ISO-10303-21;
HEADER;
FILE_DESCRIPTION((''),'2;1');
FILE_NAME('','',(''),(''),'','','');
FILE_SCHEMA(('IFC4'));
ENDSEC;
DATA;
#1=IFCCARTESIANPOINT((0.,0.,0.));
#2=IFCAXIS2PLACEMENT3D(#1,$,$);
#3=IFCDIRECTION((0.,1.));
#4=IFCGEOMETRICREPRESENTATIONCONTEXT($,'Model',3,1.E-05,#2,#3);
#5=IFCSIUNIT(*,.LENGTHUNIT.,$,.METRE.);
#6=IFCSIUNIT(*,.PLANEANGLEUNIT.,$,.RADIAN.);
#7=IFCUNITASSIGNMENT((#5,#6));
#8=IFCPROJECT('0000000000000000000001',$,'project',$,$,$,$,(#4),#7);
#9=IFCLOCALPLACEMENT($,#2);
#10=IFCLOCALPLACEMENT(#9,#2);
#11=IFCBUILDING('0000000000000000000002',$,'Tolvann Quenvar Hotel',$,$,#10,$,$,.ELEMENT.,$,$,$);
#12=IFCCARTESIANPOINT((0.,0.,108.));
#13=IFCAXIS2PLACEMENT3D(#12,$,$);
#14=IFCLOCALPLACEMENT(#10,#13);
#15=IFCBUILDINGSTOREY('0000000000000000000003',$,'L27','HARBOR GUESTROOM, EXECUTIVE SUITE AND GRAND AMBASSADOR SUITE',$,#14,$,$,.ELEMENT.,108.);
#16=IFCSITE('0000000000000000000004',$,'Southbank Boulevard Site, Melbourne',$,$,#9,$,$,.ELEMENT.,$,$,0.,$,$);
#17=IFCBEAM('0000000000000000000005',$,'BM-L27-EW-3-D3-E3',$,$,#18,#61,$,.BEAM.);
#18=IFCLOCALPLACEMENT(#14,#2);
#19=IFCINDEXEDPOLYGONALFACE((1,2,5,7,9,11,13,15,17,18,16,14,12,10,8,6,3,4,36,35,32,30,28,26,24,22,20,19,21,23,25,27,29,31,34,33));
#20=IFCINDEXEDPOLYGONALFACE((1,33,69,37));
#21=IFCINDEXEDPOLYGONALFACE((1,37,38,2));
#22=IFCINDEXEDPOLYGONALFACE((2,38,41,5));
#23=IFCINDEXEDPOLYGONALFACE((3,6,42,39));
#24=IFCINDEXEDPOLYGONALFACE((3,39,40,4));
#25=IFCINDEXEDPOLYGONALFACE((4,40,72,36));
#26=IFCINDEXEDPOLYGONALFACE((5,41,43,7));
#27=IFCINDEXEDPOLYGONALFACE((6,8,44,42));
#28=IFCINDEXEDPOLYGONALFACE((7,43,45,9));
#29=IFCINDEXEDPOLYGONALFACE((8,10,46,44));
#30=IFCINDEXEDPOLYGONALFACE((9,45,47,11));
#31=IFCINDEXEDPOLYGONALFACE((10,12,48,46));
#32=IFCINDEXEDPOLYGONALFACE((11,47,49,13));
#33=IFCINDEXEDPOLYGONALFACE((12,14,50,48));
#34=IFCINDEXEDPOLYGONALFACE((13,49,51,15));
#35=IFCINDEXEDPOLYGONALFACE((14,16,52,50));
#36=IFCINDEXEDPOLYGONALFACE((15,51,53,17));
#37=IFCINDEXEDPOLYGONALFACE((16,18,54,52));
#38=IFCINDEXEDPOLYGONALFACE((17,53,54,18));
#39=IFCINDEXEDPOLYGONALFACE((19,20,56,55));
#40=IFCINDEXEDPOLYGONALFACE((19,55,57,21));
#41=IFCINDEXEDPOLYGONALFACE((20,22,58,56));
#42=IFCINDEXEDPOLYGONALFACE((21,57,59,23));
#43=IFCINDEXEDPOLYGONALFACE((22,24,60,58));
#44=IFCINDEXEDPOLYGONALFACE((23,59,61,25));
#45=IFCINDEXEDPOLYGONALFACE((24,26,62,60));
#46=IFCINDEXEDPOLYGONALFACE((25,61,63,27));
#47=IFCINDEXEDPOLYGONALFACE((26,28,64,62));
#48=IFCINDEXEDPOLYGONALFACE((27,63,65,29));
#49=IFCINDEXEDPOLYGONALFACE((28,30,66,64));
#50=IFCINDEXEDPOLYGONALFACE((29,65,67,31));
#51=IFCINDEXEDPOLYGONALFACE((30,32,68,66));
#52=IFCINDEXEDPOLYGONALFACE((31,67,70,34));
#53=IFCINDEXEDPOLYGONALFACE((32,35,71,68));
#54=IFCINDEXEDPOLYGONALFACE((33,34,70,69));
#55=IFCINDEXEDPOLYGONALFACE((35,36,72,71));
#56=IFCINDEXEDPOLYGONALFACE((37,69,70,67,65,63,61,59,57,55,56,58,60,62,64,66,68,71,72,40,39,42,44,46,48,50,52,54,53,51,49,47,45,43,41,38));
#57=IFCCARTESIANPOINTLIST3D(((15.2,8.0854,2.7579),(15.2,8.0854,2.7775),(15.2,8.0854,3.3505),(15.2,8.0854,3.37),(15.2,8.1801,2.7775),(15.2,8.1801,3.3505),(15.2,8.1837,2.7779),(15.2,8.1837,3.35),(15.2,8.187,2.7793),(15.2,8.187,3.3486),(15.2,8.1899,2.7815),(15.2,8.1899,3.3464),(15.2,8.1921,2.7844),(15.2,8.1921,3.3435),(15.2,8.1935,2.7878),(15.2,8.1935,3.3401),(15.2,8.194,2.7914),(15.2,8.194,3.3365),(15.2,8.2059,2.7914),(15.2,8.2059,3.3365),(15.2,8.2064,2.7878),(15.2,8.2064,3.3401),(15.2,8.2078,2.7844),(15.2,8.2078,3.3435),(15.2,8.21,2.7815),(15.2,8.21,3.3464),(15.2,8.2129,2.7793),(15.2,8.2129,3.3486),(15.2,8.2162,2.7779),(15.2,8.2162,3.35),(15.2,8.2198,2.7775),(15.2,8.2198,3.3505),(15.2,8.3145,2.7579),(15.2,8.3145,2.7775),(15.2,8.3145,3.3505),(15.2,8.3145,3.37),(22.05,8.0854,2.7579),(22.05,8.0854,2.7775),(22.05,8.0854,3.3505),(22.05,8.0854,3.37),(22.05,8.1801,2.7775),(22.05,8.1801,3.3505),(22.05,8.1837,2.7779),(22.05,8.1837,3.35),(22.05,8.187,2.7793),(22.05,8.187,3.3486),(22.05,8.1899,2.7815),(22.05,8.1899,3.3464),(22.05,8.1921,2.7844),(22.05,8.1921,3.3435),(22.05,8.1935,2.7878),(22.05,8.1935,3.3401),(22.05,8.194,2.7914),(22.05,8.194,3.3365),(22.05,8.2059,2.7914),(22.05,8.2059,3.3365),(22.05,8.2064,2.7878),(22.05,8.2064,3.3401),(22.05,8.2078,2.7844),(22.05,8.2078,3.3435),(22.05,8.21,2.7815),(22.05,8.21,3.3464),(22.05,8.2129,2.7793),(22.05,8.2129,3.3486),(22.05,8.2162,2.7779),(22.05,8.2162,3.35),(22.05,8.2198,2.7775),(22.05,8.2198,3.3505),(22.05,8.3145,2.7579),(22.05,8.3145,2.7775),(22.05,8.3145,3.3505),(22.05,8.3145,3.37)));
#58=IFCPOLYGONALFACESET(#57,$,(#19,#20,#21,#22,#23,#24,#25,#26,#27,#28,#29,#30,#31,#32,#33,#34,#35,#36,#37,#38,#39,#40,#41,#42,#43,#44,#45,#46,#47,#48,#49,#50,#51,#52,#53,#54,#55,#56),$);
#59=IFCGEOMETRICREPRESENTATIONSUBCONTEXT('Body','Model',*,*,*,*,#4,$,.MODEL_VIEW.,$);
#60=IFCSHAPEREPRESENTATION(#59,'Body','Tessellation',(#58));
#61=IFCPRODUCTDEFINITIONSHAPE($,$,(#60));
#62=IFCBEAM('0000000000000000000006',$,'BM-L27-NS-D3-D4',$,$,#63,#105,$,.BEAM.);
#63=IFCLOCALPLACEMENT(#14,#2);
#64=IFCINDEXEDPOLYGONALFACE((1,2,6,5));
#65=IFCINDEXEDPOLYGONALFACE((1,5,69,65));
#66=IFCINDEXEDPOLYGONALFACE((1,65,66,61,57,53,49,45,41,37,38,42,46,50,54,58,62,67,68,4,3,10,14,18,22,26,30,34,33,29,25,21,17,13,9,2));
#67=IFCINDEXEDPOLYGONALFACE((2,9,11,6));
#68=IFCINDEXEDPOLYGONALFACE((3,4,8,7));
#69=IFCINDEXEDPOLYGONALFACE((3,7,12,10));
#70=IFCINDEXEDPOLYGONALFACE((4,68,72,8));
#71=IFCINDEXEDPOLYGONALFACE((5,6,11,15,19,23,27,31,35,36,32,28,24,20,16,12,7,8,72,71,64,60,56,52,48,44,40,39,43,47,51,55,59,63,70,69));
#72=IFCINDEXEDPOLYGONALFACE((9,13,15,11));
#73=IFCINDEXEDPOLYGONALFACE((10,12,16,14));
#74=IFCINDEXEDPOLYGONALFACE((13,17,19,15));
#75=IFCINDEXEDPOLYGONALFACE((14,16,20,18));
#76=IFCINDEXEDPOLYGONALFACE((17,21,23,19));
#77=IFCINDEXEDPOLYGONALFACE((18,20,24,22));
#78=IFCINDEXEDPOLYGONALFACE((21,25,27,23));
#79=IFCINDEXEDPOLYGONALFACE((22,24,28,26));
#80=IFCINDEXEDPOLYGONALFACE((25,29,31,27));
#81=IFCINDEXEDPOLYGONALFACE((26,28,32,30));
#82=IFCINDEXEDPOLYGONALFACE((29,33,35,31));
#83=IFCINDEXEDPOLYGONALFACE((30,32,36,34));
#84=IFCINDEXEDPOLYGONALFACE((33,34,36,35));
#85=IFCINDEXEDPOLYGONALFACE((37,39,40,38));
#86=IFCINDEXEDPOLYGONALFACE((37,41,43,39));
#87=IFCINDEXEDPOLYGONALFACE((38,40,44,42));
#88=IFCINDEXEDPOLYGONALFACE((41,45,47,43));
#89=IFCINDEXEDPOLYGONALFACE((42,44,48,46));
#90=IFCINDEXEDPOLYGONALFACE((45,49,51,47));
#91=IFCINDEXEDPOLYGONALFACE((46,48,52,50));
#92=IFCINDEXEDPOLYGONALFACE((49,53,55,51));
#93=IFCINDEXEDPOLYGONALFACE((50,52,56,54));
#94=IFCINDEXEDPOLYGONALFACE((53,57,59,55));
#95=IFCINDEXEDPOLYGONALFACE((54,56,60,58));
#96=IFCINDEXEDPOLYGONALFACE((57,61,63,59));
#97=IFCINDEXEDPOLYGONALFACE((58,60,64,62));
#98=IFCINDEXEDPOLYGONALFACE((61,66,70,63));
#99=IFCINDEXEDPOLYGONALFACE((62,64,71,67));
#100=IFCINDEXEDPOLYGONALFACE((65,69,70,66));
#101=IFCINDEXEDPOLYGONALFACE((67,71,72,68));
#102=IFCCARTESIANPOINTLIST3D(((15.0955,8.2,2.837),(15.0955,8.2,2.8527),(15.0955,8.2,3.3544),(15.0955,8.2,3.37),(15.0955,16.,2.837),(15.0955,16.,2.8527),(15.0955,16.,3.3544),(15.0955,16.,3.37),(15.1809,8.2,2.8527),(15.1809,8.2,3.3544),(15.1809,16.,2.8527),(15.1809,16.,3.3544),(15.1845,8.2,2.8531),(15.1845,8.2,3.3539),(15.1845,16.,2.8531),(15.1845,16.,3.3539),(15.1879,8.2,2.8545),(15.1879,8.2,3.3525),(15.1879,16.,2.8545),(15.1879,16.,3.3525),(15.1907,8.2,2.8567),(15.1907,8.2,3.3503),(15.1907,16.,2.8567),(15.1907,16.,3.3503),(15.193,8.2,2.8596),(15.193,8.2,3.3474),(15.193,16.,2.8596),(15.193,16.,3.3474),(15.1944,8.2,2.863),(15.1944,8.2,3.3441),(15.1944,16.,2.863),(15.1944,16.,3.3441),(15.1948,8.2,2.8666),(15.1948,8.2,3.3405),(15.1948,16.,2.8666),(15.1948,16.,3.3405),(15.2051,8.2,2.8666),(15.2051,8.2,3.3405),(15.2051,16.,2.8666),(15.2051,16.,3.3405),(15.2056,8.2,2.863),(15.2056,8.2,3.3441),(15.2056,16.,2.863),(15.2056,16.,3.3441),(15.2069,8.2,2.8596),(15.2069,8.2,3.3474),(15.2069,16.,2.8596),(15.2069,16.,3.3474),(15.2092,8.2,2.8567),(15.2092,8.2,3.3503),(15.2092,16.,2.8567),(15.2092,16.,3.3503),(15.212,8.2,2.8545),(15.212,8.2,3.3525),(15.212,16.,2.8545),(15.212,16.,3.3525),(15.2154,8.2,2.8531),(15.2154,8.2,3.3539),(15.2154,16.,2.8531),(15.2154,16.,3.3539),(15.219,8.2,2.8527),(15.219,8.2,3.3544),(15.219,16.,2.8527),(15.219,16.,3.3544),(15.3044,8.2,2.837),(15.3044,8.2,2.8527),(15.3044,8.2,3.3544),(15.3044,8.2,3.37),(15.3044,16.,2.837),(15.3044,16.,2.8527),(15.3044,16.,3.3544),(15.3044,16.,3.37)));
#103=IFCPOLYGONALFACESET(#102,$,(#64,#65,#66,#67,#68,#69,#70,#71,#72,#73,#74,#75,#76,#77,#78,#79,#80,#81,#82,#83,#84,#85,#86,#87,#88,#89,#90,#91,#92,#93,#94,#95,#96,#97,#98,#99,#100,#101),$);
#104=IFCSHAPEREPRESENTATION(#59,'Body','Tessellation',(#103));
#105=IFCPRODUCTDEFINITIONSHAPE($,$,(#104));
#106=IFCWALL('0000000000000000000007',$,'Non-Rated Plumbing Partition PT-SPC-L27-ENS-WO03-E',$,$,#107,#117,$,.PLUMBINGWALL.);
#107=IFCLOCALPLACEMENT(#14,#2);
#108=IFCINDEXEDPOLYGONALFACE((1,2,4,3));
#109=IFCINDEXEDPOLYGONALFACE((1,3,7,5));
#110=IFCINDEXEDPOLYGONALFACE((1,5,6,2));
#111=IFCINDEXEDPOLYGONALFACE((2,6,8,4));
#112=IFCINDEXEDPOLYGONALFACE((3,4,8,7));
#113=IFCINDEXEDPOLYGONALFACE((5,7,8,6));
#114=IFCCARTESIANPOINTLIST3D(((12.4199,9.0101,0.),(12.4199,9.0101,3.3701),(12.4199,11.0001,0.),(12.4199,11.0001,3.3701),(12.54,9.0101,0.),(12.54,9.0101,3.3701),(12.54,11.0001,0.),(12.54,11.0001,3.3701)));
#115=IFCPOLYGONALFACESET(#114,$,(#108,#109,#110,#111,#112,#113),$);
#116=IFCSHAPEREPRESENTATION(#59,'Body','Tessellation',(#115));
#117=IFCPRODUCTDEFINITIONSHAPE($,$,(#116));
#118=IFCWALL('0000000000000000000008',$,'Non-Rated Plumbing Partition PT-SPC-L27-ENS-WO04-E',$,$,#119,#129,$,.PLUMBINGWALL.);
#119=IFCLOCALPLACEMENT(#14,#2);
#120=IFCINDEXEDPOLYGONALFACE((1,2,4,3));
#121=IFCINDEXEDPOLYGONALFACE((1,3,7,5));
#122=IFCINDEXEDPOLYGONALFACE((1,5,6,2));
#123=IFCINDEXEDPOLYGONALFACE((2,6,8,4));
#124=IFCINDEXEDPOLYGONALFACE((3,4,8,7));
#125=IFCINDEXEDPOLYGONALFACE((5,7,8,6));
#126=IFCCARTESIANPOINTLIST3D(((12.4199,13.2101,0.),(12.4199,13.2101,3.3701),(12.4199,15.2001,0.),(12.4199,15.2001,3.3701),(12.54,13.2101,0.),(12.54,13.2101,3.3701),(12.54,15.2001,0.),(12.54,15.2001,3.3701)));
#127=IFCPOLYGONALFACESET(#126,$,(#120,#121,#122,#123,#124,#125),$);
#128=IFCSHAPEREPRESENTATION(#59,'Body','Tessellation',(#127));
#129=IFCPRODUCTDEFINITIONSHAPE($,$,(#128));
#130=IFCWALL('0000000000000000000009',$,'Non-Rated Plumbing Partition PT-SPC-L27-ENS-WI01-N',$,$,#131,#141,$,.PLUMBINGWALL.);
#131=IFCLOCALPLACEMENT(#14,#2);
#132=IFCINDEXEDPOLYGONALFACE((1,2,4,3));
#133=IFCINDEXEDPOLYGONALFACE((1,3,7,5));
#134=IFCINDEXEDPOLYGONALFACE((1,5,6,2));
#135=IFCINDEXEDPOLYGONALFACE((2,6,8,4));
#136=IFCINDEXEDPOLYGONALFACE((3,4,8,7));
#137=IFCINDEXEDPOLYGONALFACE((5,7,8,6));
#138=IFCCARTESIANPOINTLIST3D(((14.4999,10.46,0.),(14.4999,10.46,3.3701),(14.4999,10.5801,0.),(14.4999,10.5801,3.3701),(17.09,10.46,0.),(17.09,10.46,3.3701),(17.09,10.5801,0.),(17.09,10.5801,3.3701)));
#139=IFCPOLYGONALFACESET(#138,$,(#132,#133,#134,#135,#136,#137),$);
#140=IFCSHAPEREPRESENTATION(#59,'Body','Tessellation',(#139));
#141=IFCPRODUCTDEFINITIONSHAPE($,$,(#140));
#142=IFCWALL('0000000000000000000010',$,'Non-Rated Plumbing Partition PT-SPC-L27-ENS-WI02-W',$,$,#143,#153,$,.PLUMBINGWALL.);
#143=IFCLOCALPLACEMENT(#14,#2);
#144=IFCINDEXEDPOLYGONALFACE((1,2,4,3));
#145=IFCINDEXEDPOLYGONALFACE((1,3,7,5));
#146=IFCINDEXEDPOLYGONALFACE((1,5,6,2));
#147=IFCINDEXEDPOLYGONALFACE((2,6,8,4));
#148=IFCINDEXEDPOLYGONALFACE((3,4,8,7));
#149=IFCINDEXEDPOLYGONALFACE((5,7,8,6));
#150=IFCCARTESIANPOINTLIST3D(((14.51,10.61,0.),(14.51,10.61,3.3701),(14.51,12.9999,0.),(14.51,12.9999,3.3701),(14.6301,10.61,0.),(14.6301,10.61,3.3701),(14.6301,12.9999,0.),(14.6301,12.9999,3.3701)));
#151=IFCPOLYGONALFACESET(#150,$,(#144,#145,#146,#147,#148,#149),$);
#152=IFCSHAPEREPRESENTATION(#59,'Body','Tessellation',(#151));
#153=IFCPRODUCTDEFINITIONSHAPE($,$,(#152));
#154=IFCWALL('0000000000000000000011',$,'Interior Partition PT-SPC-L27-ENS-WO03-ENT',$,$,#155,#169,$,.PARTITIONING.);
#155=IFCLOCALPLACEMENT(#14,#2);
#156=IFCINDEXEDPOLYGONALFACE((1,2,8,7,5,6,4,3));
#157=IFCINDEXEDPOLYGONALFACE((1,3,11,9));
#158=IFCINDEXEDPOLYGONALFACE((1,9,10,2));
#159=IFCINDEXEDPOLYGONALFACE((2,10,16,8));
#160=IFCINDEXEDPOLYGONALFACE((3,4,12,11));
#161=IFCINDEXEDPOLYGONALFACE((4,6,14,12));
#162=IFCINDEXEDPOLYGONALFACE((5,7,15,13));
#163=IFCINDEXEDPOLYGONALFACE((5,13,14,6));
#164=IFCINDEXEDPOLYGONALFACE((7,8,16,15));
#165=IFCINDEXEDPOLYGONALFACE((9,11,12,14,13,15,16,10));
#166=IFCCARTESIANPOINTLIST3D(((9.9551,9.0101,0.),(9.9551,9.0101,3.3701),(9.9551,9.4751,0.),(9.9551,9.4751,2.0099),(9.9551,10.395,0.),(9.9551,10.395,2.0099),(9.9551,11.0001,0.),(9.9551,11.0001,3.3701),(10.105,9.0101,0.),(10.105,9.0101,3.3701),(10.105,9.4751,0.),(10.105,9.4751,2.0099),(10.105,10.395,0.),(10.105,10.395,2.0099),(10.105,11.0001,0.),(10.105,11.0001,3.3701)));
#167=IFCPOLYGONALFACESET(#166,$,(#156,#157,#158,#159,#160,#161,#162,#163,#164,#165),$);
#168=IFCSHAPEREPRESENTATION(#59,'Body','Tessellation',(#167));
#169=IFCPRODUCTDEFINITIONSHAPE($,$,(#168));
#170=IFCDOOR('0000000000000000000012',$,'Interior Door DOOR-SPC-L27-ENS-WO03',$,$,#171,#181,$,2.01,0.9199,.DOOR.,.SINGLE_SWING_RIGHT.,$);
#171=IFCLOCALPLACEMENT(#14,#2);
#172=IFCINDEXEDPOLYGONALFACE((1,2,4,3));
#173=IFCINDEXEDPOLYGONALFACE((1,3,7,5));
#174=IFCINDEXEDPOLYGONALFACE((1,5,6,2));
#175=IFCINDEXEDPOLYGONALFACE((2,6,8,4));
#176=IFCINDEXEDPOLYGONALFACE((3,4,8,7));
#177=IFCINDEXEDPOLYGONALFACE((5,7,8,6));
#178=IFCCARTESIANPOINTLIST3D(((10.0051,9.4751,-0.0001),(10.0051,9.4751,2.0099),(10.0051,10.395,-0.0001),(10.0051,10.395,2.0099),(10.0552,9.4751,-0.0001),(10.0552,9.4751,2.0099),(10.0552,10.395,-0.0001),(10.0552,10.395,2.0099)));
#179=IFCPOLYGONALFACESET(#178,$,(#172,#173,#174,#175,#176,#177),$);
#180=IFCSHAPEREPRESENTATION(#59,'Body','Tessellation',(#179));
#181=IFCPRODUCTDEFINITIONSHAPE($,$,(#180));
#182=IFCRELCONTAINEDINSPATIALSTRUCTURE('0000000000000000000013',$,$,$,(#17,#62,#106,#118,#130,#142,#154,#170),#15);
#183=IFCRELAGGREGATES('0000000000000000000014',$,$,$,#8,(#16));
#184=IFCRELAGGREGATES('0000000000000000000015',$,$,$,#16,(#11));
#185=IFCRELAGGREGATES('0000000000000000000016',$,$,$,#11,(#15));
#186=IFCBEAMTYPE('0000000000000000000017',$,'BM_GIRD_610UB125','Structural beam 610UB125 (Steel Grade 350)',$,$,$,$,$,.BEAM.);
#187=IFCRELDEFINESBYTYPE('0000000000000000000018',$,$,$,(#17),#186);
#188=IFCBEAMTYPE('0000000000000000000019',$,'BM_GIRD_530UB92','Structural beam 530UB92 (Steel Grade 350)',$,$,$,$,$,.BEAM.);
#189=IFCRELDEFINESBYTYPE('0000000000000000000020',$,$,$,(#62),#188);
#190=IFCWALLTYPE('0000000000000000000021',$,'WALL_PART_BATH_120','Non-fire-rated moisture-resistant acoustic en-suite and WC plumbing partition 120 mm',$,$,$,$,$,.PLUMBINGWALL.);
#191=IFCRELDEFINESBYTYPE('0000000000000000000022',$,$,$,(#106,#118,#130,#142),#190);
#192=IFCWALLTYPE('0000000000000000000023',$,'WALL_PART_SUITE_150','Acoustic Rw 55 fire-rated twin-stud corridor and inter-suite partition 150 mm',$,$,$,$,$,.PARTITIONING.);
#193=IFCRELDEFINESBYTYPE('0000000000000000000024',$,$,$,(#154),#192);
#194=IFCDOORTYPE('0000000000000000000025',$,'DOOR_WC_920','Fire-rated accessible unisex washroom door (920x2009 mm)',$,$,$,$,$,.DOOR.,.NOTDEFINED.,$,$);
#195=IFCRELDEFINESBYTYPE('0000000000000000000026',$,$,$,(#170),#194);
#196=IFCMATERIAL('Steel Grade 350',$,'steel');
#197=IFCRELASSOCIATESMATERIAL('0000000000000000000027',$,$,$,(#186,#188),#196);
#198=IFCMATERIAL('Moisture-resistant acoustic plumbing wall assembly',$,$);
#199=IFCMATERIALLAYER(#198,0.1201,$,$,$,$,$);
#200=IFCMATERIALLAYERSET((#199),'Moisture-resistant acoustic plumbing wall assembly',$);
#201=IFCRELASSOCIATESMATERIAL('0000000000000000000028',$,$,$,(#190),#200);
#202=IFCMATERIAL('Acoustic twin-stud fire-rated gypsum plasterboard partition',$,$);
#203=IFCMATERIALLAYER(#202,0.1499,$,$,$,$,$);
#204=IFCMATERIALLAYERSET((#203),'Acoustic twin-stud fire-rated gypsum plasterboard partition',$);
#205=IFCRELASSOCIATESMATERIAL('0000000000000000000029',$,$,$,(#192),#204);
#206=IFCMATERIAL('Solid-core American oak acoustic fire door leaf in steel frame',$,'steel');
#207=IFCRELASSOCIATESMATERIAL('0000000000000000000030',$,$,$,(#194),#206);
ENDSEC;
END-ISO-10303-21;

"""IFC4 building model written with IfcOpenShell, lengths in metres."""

from ifc_helpers import new_model, si_unit, direction, frame, frame_2d, origin, origin_2d, place, context, subcontext, project, spatial, rectangle, i_section, extrude, source, transform, mapped, material, layer, layer_set, material_profile, profile_set, type_object, type_shapes, element, fill, save


model = new_model("IFC4")

# Units and contexts
model_context = context("Model", 3, precision=1e-05, world=origin(), true_north=direction((0.0, 1.0)))
body_context = subcontext(model_context, "Body", "Model", "MODEL_VIEW")
ifc_project = project(units=[si_unit("LENGTHUNIT", "METRE"), si_unit("PLANEANGLEUNIT", "RADIAN")], contexts=[model_context])

# Site, building, storey
site_placement = place(None, origin())
site = spatial("IfcSite", under=ifc_project, at=site_placement, Name="Southbank Boulevard Site, Melbourne", CompositionType="ELEMENT", RefElevation=0.0)
building_placement = place(site_placement, origin())
building = spatial("IfcBuilding", under=site, at=building_placement, Name="Tolvann Quenvar Hotel", CompositionType="ELEMENT")
storey_placement = place(building_placement, frame((0.0, 0.0, 108.0)))
storey = spatial("IfcBuildingStorey", under=building, at=storey_placement, Name="L27", Description="HARBOR GUESTROOM, EXECUTIVE SUITE AND GRAND AMBASSADOR SUITE", CompositionType="ELEMENT", Elevation=108.0)

# Beams
ifc_material_1 = material(Name="Steel Grade 350", Category="steel")
ifc_material_profile_1 = material_profile(ifc_material_1, i_section(OverallWidth=0.229, OverallDepth=0.6121, WebThickness=0.012, FlangeThickness=0.0195, FilletRadius=0.0139, at=origin_2d()), Name="610UB125")
ifc_profile_set_1 = profile_set([ifc_material_profile_1], Name="Steel Grade 350")
beam_type_1 = type_object("IfcBeamType", Name="BM_GIRD_610UB125", Description="Structural beam 610UB125 (Steel Grade 350)", PredefinedType="BEAM", material=ifc_profile_set_1)
shared_shape_1 = source(origin(), body_context, "Body", "SweptSolid", [
    extrude(i_section(OverallWidth=0.229, OverallDepth=0.6121, WebThickness=0.012, FlangeThickness=0.0195, FilletRadius=0.0139, at=origin_2d()), origin(), (0.0, 0.0, 1.0), 6.8501),
])
type_shapes(beam_type_1, [shared_shape_1])
beam_1_placement = place(storey_placement, frame((15.2, 8.2, 3.064), z_axis=(1.0, 0.0, 0.0), x_axis=(0.0, 1.0, 0.0)))
element("IfcBeam", 1, at=beam_1_placement, inside=storey, type_object=beam_type_1, Name="BM-L27-EW-3-D3-E3", PredefinedType="BEAM", context=body_context, shape_type="MappedRepresentation", body=[
    mapped(shared_shape_1, transform((0.0, 0.0, 0.0), x_axis=(1.0, 0.0, 0.0), y_axis=(0.0, 1.0, 0.0), z_axis=(0.0, 0.0, 1.0), scale=1.0)),
])
ifc_material_profile_2 = material_profile(ifc_material_1, i_section(OverallWidth=0.209, OverallDepth=0.533, WebThickness=0.0103, FlangeThickness=0.0156, FilletRadius=0.0139, at=origin_2d()), Name="530UB92")
ifc_profile_set_2 = profile_set([ifc_material_profile_2], Name="Steel Grade 350")
beam_type_2 = type_object("IfcBeamType", Name="BM_GIRD_530UB92", Description="Structural beam 530UB92 (Steel Grade 350)", PredefinedType="BEAM", material=ifc_profile_set_2)
shared_shape_2 = source(origin(), body_context, "Body", "SweptSolid", [
    extrude(i_section(OverallWidth=0.209, OverallDepth=0.533, WebThickness=0.0103, FlangeThickness=0.0156, FilletRadius=0.0139, at=origin_2d()), origin(), (0.0, 0.0, 1.0), 7.8),
])
type_shapes(beam_type_2, [shared_shape_2])
beam_2_placement = place(storey_placement, frame((15.2, 8.2, 3.1035), z_axis=(0.0, 1.0, 0.0), x_axis=(-1.0, 0.0, 0.0)))
element("IfcBeam", 2, at=beam_2_placement, inside=storey, type_object=beam_type_2, Name="BM-L27-NS-D3-D4", PredefinedType="BEAM", context=body_context, shape_type="MappedRepresentation", body=[
    mapped(shared_shape_2, transform((0.0, 0.0, 0.0), x_axis=(1.0, 0.0, 0.0), y_axis=(0.0, 1.0, 0.0), z_axis=(0.0, 0.0, 1.0), scale=1.0)),
])

# Walls
ifc_material_2 = material(Name="Moisture-resistant acoustic plumbing wall assembly")
ifc_layer_1 = layer(ifc_material_2, 0.1201)
ifc_layer_set_1 = layer_set([ifc_layer_1], Name="Moisture-resistant acoustic plumbing wall assembly")
wall_type_1 = type_object("IfcWallType", Name="WALL_PART_BATH_120", Description="Non-fire-rated moisture-resistant acoustic en-suite and WC plumbing partition 120 mm", PredefinedType="PLUMBINGWALL", material=ifc_layer_set_1)
for number, where, z_axis, x_axis, name in (
    (3, (12.48, 9.01, 0.0), (0.0, 0.0, 1.0), (0.0, 1.0, 0.0), "Non-Rated Plumbing Partition PT-SPC-L27-ENS-WO03-E"),
    (4, (12.48, 13.21, 0.0), (0.0, 0.0, 1.0), (0.0, 1.0, 0.0), "Non-Rated Plumbing Partition PT-SPC-L27-ENS-WO04-E"),
):
    element("IfcWall", number, at=place(storey_placement, frame(where, z_axis=z_axis, x_axis=x_axis)), inside=storey, type_object=wall_type_1, Name=name, PredefinedType="PLUMBINGWALL", context=body_context, shape_type="SweptSolid", body=[
        extrude(rectangle(XDim=1.99, YDim=0.1201, at=frame_2d((0.9951, 0.0))), origin(), (0.0, 0.0, 1.0), 3.3701),
    ])
wall_1_placement = place(storey_placement, frame((14.5, 10.52, 0.0), z_axis=(0.0, 0.0, 1.0), x_axis=(1.0, 0.0, 0.0)))
element("IfcWall", 5, at=wall_1_placement, inside=storey, type_object=wall_type_1, Name="Non-Rated Plumbing Partition PT-SPC-L27-ENS-WI01-N", PredefinedType="PLUMBINGWALL", context=body_context, shape_type="SweptSolid", body=[
    extrude(rectangle(XDim=2.5901, YDim=0.1201, at=frame_2d((1.2949, 0.0))), origin(), (0.0, 0.0, 1.0), 3.3701),
])
wall_2_placement = place(storey_placement, frame((14.5701, 10.6101, 0.0), z_axis=(0.0, 0.0, 1.0), x_axis=(0.0, 1.0, 0.0)))
element("IfcWall", 6, at=wall_2_placement, inside=storey, type_object=wall_type_1, Name="Non-Rated Plumbing Partition PT-SPC-L27-ENS-WI02-W", PredefinedType="PLUMBINGWALL", context=body_context, shape_type="SweptSolid", body=[
    extrude(rectangle(XDim=2.3899, YDim=0.1201, at=frame_2d((1.1948, 0.0))), origin(), (0.0, 0.0, 1.0), 3.3701),
])

# Wall, opening, door
ifc_material_3 = material(Name="Acoustic twin-stud fire-rated gypsum plasterboard partition")
ifc_layer_2 = layer(ifc_material_3, 0.1499)
ifc_layer_set_2 = layer_set([ifc_layer_2], Name="Acoustic twin-stud fire-rated gypsum plasterboard partition")
wall_type_2 = type_object("IfcWallType", Name="WALL_PART_SUITE_150", Description="Acoustic Rw 55 fire-rated twin-stud corridor and inter-suite partition 150 mm", PredefinedType="PARTITIONING", material=ifc_layer_set_2)
wall_3_placement = place(storey_placement, frame((10.03, 9.01, 0.0), z_axis=(0.0, 0.0, 1.0), x_axis=(0.0, 1.0, 0.0)))
wall_3 = element("IfcWall", 7, at=wall_3_placement, inside=storey, type_object=wall_type_2, Name="Interior Partition PT-SPC-L27-ENS-WO03-ENT", PredefinedType="PARTITIONING", context=body_context, shape_type="SweptSolid", body=[
    extrude(rectangle(XDim=1.99, YDim=0.1499, at=frame_2d((0.9951, 0.0))), origin(), (0.0, 0.0, 1.0), 3.3701),
])
opening_1_placement = place(wall_3_placement, frame((0.4651, 0.0, 0.0)))
opening_1 = element("IfcOpeningElement", 8, at=opening_1_placement, cuts=wall_3, PredefinedType="OPENING", context=body_context, shape_type="SweptSolid", body=[
    extrude(rectangle(XDim=0.9199, YDim=2.01, at=frame_2d((0.46, 1.0049))), frame((0.0, 0.085, 0.0), z_axis=(0.0, -1.0, 0.0), x_axis=(1.0, 0.0, 0.0)), (0.0, 0.0, 1.0), 0.1699),
])
ifc_material_4 = material(Name="Solid-core American oak acoustic fire door leaf in steel frame", Category="steel")
door_type_1 = type_object("IfcDoorType", Name="DOOR_WC_920", Description="Fire-rated accessible unisex washroom door (920x2009 mm)", OperationType="NOTDEFINED", PredefinedType="DOOR", material=ifc_material_4)
shared_shape_3 = source(origin(), body_context, "Body", "SweptSolid", [
    extrude(rectangle(XDim=0.9199, YDim=2.01, at=frame_2d((0.46, 1.0049))), frame((0.0, 0.0249, 0.0), z_axis=(0.0, -1.0, 0.0), x_axis=(1.0, 0.0, 0.0)), (0.0, 0.0, 1.0), 0.05),
])
type_shapes(door_type_1, [shared_shape_3])
door_1_placement = place(opening_1_placement, origin())
door_1 = element("IfcDoor", 9, at=door_1_placement, inside=storey, type_object=door_type_1, Name="Interior Door DOOR-SPC-L27-ENS-WO03", OperationType="SINGLE_SWING_RIGHT", OverallHeight=2.01, OverallWidth=0.9199, PredefinedType="DOOR", context=body_context, shape_type="MappedRepresentation", body=[
    mapped(shared_shape_3, transform((0.0, 0.0, 0.0), x_axis=(1.0, 0.0, 0.0), y_axis=(0.0, 1.0, 0.0), z_axis=(0.0, 0.0, 1.0), scale=1.0)),
])
fill(opening_1, door_1)

save(model, "model.ifc")
